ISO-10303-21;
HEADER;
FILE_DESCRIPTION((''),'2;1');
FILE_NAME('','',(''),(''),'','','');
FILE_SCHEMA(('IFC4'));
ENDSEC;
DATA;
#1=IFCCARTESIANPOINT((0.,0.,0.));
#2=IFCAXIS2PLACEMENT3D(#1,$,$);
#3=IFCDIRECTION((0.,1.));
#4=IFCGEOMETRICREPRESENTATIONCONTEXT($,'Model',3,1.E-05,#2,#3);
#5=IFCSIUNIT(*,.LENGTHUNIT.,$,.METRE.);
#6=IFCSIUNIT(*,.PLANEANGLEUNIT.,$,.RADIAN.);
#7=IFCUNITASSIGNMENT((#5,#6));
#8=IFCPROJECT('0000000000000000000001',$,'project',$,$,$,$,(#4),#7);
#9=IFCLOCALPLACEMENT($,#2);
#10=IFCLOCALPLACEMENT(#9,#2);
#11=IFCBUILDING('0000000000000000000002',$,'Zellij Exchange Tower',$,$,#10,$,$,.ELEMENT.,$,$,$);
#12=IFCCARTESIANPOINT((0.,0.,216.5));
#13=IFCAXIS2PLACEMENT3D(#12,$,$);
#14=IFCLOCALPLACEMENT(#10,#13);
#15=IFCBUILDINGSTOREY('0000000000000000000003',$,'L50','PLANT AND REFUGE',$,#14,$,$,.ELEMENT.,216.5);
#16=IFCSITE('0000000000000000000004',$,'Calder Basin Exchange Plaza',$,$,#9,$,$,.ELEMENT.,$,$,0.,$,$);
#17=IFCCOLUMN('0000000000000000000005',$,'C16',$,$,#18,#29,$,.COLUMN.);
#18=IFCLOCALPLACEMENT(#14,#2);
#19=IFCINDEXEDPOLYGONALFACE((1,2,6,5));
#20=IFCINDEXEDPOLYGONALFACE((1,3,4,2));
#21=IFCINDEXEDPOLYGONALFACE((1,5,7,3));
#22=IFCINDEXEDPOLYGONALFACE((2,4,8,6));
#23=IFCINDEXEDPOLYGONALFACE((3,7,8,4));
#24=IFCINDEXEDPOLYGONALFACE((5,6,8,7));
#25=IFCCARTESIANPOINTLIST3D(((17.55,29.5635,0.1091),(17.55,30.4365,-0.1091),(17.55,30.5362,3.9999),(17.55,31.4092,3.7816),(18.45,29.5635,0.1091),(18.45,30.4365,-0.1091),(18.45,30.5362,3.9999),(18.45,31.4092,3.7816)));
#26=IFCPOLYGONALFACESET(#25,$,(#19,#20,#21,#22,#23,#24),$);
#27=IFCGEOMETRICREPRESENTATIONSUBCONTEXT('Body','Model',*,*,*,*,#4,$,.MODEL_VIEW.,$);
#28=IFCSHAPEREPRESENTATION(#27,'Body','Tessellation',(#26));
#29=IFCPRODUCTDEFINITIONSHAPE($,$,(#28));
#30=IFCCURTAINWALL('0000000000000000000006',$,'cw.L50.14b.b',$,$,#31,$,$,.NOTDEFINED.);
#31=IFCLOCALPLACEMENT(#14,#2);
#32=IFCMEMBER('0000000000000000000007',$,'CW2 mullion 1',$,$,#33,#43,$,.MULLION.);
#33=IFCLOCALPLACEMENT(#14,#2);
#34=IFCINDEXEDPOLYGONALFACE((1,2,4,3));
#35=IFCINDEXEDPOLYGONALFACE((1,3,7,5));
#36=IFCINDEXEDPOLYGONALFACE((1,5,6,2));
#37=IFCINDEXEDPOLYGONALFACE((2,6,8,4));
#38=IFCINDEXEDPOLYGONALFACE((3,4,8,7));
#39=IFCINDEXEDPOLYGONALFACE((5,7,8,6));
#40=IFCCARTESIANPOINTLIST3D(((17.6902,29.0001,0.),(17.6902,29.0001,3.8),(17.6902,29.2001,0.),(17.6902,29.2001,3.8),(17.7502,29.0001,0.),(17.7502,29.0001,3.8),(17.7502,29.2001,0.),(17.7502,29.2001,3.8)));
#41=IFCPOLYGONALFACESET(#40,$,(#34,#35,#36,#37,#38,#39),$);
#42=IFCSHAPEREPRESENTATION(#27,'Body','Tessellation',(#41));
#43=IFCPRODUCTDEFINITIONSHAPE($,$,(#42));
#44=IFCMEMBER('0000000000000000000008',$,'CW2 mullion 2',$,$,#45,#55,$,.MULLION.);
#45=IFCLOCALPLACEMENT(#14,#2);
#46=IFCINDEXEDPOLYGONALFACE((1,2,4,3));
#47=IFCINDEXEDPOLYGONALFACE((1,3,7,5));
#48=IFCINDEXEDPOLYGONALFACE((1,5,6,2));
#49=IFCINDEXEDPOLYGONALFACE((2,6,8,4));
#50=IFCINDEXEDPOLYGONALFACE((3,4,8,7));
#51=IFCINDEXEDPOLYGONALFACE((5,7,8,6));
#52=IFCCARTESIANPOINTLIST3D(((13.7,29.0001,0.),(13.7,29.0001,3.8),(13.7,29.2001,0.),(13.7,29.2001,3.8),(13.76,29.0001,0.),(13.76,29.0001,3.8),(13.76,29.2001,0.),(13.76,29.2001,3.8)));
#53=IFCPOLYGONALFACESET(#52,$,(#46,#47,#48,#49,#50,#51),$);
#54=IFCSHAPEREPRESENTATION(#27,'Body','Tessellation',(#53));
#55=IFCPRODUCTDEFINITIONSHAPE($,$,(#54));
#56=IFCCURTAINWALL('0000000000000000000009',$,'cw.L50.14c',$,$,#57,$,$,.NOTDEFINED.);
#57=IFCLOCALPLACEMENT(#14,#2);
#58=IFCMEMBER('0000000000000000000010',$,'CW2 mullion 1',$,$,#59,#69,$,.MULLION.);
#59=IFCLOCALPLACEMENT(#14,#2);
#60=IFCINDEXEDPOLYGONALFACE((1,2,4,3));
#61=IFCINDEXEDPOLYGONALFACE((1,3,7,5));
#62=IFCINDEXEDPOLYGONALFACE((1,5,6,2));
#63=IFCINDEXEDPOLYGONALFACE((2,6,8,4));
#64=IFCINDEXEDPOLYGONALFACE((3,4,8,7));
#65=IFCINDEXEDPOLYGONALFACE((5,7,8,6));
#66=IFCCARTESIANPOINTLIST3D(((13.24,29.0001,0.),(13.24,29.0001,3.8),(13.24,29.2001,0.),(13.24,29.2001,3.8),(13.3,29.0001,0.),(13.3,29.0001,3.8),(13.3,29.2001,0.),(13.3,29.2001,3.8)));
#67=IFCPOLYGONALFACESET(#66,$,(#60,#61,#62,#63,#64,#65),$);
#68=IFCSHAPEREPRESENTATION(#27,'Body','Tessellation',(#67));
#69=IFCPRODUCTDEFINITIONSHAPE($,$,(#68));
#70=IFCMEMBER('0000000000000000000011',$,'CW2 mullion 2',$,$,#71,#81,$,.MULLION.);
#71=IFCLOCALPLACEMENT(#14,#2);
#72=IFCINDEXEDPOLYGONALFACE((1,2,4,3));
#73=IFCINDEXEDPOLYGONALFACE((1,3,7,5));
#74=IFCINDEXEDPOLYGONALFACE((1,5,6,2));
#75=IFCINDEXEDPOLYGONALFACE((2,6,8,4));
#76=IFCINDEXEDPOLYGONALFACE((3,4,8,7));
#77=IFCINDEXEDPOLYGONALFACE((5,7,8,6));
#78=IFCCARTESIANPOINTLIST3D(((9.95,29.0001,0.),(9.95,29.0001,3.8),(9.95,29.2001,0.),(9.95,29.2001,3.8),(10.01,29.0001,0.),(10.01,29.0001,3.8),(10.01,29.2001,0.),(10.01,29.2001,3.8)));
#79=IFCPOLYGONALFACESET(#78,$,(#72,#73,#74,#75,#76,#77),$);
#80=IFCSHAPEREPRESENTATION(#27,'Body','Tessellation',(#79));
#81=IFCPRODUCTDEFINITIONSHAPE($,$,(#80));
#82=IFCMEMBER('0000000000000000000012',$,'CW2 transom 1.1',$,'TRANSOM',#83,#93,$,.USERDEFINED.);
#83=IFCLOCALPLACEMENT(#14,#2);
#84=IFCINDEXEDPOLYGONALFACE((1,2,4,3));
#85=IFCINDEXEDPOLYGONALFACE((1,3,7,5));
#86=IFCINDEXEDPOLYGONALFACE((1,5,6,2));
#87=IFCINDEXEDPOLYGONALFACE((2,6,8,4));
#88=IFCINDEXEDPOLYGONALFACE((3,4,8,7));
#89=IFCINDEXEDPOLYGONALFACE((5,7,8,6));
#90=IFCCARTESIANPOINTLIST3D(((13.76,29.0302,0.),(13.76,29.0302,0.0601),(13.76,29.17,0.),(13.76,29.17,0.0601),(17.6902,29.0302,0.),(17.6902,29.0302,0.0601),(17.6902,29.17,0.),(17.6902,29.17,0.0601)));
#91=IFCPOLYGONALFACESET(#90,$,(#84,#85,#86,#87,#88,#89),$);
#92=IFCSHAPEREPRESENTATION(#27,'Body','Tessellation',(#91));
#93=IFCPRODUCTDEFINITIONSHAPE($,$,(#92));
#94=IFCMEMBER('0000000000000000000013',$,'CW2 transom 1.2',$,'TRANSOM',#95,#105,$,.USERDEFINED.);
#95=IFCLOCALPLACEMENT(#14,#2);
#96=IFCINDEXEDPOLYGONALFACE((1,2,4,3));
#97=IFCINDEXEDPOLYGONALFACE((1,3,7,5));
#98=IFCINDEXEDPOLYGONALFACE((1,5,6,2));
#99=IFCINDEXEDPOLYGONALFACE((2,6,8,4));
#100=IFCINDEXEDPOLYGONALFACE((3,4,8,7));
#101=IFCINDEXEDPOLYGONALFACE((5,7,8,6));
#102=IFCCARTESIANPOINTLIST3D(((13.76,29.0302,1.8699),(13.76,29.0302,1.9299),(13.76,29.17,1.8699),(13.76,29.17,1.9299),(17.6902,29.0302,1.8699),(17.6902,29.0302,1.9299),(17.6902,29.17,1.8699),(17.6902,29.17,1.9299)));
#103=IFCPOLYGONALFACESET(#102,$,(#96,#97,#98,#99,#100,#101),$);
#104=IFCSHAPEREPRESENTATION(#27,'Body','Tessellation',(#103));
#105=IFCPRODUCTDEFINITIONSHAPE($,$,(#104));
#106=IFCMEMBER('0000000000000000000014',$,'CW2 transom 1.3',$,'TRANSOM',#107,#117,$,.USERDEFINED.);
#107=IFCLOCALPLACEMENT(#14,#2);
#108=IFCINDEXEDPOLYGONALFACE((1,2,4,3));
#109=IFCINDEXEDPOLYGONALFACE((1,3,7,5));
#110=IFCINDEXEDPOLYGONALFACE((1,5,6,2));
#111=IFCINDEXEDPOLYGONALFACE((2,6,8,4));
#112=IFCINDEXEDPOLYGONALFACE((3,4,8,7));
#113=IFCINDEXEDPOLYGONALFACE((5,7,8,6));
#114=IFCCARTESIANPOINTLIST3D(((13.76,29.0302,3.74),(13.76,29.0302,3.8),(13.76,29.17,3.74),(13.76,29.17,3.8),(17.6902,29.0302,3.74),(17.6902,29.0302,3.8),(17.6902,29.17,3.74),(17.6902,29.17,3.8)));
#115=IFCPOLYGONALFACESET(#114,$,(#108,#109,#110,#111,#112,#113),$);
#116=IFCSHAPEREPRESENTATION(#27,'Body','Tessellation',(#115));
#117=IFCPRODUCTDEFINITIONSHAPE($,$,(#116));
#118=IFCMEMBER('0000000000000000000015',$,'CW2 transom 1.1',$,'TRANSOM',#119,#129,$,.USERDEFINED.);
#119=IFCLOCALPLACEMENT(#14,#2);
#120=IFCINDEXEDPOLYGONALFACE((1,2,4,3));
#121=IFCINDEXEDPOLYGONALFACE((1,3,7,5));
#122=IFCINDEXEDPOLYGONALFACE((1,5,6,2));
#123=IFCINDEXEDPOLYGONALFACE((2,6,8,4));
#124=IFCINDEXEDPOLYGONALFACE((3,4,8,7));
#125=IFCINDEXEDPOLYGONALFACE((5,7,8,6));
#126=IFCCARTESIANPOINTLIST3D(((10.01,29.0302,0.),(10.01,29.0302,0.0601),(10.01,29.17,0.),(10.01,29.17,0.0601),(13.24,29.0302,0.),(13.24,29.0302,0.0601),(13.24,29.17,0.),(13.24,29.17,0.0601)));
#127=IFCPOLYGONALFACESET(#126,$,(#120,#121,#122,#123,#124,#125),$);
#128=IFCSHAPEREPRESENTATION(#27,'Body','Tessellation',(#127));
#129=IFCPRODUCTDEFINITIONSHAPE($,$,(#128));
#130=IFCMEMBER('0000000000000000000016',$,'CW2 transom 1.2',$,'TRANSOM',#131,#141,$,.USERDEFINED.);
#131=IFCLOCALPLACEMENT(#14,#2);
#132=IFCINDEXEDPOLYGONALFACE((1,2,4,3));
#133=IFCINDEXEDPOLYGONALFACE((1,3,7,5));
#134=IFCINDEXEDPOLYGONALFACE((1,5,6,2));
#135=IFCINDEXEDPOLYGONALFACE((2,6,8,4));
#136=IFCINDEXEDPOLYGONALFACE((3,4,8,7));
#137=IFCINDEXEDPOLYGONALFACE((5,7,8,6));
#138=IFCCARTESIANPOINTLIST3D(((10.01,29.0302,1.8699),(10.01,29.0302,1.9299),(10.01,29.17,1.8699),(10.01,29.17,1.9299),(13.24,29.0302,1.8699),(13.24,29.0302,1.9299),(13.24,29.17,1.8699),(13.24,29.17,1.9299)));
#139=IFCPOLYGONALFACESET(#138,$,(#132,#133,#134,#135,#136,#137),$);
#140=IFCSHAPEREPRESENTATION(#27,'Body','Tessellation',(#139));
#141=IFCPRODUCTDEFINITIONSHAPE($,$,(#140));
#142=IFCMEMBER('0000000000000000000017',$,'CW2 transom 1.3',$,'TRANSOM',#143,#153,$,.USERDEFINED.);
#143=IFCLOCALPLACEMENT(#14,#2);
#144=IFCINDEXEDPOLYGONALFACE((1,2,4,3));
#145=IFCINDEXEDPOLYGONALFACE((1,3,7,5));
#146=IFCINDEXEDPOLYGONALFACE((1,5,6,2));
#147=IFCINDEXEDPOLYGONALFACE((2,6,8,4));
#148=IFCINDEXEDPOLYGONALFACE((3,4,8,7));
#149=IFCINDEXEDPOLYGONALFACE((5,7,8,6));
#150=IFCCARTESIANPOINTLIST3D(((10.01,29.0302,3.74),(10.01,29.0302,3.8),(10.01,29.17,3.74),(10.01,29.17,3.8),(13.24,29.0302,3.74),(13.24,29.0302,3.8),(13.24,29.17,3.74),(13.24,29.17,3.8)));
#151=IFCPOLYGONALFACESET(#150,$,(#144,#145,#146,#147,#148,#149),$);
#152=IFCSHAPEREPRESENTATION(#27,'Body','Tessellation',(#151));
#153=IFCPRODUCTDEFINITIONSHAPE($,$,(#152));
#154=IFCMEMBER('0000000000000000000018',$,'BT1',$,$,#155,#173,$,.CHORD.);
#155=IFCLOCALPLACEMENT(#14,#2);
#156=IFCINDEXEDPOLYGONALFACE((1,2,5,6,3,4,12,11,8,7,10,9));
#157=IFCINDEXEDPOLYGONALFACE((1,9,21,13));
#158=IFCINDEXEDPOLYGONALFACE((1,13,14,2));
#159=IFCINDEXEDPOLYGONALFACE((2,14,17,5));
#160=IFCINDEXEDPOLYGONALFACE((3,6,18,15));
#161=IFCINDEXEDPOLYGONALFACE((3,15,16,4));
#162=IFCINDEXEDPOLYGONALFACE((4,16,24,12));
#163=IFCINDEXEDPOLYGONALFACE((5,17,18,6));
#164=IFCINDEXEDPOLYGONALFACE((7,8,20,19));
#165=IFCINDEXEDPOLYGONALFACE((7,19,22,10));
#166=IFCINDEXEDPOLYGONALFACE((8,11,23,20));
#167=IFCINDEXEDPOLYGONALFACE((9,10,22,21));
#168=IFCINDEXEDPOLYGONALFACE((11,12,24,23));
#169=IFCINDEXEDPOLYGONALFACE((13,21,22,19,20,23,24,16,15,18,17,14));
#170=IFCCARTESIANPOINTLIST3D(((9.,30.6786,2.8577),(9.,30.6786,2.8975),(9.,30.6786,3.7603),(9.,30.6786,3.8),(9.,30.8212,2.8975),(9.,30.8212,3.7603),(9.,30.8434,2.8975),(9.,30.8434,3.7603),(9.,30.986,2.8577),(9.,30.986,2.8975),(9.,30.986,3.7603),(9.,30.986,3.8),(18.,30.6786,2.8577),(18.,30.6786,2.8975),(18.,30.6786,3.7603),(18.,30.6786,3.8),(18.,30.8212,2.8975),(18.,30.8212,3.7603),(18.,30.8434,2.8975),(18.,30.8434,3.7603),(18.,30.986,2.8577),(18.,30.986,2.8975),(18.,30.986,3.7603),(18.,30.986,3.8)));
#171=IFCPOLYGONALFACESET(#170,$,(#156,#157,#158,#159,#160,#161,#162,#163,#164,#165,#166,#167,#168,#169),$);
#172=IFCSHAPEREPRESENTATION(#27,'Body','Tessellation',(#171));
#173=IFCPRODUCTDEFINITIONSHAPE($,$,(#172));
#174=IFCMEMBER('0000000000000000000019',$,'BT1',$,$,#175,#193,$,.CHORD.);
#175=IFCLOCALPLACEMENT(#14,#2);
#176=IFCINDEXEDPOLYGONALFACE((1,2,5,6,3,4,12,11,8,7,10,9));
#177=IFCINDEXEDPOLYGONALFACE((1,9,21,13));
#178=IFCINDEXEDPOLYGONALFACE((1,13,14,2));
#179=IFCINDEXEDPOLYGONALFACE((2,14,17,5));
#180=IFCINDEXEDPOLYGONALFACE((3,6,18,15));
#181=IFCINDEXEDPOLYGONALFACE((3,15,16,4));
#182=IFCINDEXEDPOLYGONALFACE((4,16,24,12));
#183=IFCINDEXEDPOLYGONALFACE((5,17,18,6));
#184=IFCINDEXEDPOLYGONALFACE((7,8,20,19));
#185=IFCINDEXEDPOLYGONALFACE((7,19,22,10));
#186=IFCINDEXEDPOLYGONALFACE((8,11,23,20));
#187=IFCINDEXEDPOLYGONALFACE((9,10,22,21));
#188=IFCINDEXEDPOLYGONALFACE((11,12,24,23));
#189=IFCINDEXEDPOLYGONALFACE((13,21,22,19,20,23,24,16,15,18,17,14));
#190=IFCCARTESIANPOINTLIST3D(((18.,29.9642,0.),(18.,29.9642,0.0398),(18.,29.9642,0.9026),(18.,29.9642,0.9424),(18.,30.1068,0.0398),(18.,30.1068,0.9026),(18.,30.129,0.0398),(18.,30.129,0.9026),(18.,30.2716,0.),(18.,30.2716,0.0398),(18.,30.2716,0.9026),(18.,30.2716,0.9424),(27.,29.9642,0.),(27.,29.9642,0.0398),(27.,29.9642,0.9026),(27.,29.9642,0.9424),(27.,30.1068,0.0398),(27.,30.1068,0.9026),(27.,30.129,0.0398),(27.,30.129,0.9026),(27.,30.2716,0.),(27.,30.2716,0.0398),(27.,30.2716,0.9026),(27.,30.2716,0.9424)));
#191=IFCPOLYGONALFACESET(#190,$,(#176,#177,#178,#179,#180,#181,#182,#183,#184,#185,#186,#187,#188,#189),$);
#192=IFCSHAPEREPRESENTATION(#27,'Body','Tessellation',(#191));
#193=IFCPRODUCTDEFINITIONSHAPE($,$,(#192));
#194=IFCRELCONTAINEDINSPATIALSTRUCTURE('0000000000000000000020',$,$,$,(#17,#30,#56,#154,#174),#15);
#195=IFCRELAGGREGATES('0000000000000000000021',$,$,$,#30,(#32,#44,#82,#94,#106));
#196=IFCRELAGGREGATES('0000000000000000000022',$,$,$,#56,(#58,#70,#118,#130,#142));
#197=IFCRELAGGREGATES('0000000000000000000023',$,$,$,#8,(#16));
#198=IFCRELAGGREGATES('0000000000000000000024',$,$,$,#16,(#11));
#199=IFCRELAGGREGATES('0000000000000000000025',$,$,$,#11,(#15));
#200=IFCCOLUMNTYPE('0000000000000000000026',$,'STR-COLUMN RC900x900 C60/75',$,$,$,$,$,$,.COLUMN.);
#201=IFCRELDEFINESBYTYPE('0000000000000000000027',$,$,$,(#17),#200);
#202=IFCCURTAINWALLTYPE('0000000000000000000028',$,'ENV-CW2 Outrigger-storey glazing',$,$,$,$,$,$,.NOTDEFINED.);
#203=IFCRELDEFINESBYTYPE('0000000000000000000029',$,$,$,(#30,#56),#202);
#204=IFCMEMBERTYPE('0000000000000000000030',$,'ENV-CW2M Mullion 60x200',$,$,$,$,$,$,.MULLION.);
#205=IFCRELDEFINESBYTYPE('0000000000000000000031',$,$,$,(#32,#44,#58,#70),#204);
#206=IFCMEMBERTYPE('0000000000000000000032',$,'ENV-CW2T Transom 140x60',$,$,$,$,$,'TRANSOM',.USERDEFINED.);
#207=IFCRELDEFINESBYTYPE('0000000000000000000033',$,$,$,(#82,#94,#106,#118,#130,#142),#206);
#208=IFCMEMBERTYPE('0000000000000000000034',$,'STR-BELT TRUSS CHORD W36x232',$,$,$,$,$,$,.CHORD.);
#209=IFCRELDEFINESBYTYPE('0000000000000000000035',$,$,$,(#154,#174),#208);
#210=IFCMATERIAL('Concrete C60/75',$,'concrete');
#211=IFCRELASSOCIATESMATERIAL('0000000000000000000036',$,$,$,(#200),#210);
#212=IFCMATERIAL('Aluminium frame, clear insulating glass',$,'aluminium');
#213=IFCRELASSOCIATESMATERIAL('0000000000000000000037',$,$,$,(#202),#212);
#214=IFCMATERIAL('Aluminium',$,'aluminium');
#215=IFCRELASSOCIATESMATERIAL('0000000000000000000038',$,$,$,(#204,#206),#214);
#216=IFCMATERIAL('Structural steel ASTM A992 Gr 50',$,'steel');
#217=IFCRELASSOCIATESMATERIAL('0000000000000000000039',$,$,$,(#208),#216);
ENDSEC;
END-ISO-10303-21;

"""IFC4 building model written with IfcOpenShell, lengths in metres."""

from ifc_helpers import new_model, si_unit, direction, frame, origin, origin_2d, place, context, subcontext, project, spatial, rectangle, i_section, extrude, clip, halfspace, material, material_profile, profile_set, type_object, element, aggregate, save


model = new_model("IFC4")

# Units and contexts
model_context = context("Model", 3, precision=1e-05, world=origin(), true_north=direction((0.0, 1.0)))
body_context = subcontext(model_context, "Body", "Model", "MODEL_VIEW")
ifc_project = project(units=[si_unit("LENGTHUNIT", "METRE"), si_unit("PLANEANGLEUNIT", "RADIAN")], contexts=[model_context])

# Site, building, storey
site_placement = place(None, origin())
site = spatial("IfcSite", under=ifc_project, at=site_placement, Name="Calder Basin Exchange Plaza", CompositionType="ELEMENT", RefElevation=0.0)
building_placement = place(site_placement, origin())
building = spatial("IfcBuilding", under=site, at=building_placement, Name="Zellij Exchange Tower", CompositionType="ELEMENT")
storey_placement = place(building_placement, frame((0.0, 0.0, 216.5)))
storey = spatial("IfcBuildingStorey", under=building, at=storey_placement, Name="L50", Description="PLANT AND REFUGE", CompositionType="ELEMENT", Elevation=216.5)

# Column
ifc_material_1 = material(Name="Concrete C60/75", Category="concrete")
ifc_material_profile_1 = material_profile(ifc_material_1, rectangle(XDim=0.8999, YDim=0.8999, at=origin_2d()), Name="STR-COLUMN RC900x900 C60/75")
ifc_profile_set_1 = profile_set([ifc_material_profile_1], Name="Concrete C60/75")
column_type = type_object("IfcColumnType", Name="STR-COLUMN RC900x900 C60/75", PredefinedType="COLUMN", material=ifc_profile_set_1)
column_placement = place(storey_placement, frame((18.0, 30.0, 0.0), z_axis=(0.0, 0.242536, 0.970143), x_axis=(-1.0, 0.0, 0.0)))
element("IfcColumn", 1, at=column_placement, inside=storey, type_object=column_type, Name="C16", PredefinedType="COLUMN", context=body_context, shape_type="Clipping", body=[
    clip(extrude(rectangle(XDim=0.8999, YDim=0.8999, at=origin_2d()), origin(), (0.0, 0.0, 1.0), 4.123), halfspace(frame((0.0, 0.0, 4.0105)), False)),
])

# Curtain walls, members
ifc_material_2 = material(Name="Aluminium frame, clear insulating glass", Category="aluminium")
curtain_wall_type = type_object("IfcCurtainWallType", Name="ENV-CW2 Outrigger-storey glazing", PredefinedType="NOTDEFINED", material=ifc_material_2)
curtain_wall_1_placement = place(storey_placement, origin())
curtain_wall_1 = element("IfcCurtainWall", 2, at=curtain_wall_1_placement, inside=storey, type_object=curtain_wall_type, Name="cw.L50.14b.b", PredefinedType="NOTDEFINED")
ifc_material_3 = material(Name="Aluminium", Category="aluminium")
ifc_material_profile_2 = material_profile(ifc_material_3, rectangle(XDim=0.0601, YDim=0.2, at=origin_2d()), Name="AL 60x200")
ifc_profile_set_2 = profile_set([ifc_material_profile_2], Name="Aluminium")
member_type_1 = type_object("IfcMemberType", Name="ENV-CW2M Mullion 60x200", PredefinedType="MULLION", material=ifc_profile_set_2)
member_1_placement = place(storey_placement, frame((17.7202, 29.1001, 0.0), z_axis=(0.0, 0.0, 1.0), x_axis=(-1.0, 0.0, 0.0)))
member_1 = element("IfcMember", 3, at=member_1_placement, type_object=member_type_1, Name="CW2 mullion 1", PredefinedType="MULLION", context=body_context, shape_type="SweptSolid", body=[
    extrude(rectangle(XDim=0.0601, YDim=0.2, at=origin_2d()), origin(), (0.0, 0.0, 1.0), 3.8),
])
member_2_placement = place(storey_placement, frame((13.73, 29.1001, 0.0), z_axis=(0.0, 0.0, 1.0), x_axis=(-1.0, 0.0, 0.0)))
member_2 = element("IfcMember", 4, at=member_2_placement, type_object=member_type_1, Name="CW2 mullion 2", PredefinedType="MULLION", context=body_context, shape_type="SweptSolid", body=[
    extrude(rectangle(XDim=0.0601, YDim=0.2, at=origin_2d()), origin(), (0.0, 0.0, 1.0), 3.8),
])
curtain_wall_2_placement = place(storey_placement, origin())
curtain_wall_2 = element("IfcCurtainWall", 5, at=curtain_wall_2_placement, inside=storey, type_object=curtain_wall_type, Name="cw.L50.14c", PredefinedType="NOTDEFINED")
member_3_placement = place(storey_placement, frame((13.27, 29.1001, 0.0), z_axis=(0.0, 0.0, 1.0), x_axis=(-1.0, 0.0, 0.0)))
member_3 = element("IfcMember", 6, at=member_3_placement, type_object=member_type_1, Name="CW2 mullion 1", PredefinedType="MULLION", context=body_context, shape_type="SweptSolid", body=[
    extrude(rectangle(XDim=0.0601, YDim=0.2, at=origin_2d()), origin(), (0.0, 0.0, 1.0), 3.8),
])
member_4_placement = place(storey_placement, frame((9.98, 29.1001, 0.0), z_axis=(0.0, 0.0, 1.0), x_axis=(-1.0, 0.0, 0.0)))
member_4 = element("IfcMember", 7, at=member_4_placement, type_object=member_type_1, Name="CW2 mullion 2", PredefinedType="MULLION", context=body_context, shape_type="SweptSolid", body=[
    extrude(rectangle(XDim=0.0601, YDim=0.2, at=origin_2d()), origin(), (0.0, 0.0, 1.0), 3.8),
])

# Members
ifc_material_profile_3 = material_profile(ifc_material_3, rectangle(XDim=0.1399, YDim=0.0601, at=origin_2d()), Name="AL 140x60")
ifc_profile_set_3 = profile_set([ifc_material_profile_3], Name="Aluminium")
member_type_2 = type_object("IfcMemberType", Name="ENV-CW2T Transom 140x60", ElementType="TRANSOM", PredefinedType="USERDEFINED", material=ifc_profile_set_3)
member_5_placement = place(storey_placement, frame((17.6902, 29.1001, 0.03), z_axis=(-1.0, 0.0, 0.0), x_axis=(0.0, -1.0, 0.0)))
member_5 = element("IfcMember", 8, at=member_5_placement, type_object=member_type_2, Name="CW2 transom 1.1", ObjectType="TRANSOM", PredefinedType="USERDEFINED", context=body_context, shape_type="SweptSolid", body=[
    extrude(rectangle(XDim=0.1399, YDim=0.0601, at=origin_2d()), origin(), (0.0, 0.0, 1.0), 3.9302),
])
member_6_placement = place(storey_placement, frame((17.6902, 29.1001, 1.8999), z_axis=(-1.0, 0.0, 0.0), x_axis=(0.0, -1.0, 0.0)))
member_6 = element("IfcMember", 9, at=member_6_placement, type_object=member_type_2, Name="CW2 transom 1.2", ObjectType="TRANSOM", PredefinedType="USERDEFINED", context=body_context, shape_type="SweptSolid", body=[
    extrude(rectangle(XDim=0.1399, YDim=0.0601, at=origin_2d()), origin(), (0.0, 0.0, 1.0), 3.9302),
])
member_7_placement = place(storey_placement, frame((17.6902, 29.1001, 3.77), z_axis=(-1.0, 0.0, 0.0), x_axis=(0.0, -1.0, 0.0)))
member_7 = element("IfcMember", 10, at=member_7_placement, type_object=member_type_2, Name="CW2 transom 1.3", ObjectType="TRANSOM", PredefinedType="USERDEFINED", context=body_context, shape_type="SweptSolid", body=[
    extrude(rectangle(XDim=0.1399, YDim=0.0601, at=origin_2d()), origin(), (0.0, 0.0, 1.0), 3.9302),
])
member_8_placement = place(storey_placement, frame((13.24, 29.1001, 0.03), z_axis=(-1.0, 0.0, 0.0), x_axis=(0.0, -1.0, 0.0)))
member_8 = element("IfcMember", 11, at=member_8_placement, type_object=member_type_2, Name="CW2 transom 1.1", ObjectType="TRANSOM", PredefinedType="USERDEFINED", context=body_context, shape_type="SweptSolid", body=[
    extrude(rectangle(XDim=0.1399, YDim=0.0601, at=origin_2d()), origin(), (0.0, 0.0, 1.0), 3.23),
])
member_9_placement = place(storey_placement, frame((13.24, 29.1001, 1.8999), z_axis=(-1.0, 0.0, 0.0), x_axis=(0.0, -1.0, 0.0)))
member_9 = element("IfcMember", 12, at=member_9_placement, type_object=member_type_2, Name="CW2 transom 1.2", ObjectType="TRANSOM", PredefinedType="USERDEFINED", context=body_context, shape_type="SweptSolid", body=[
    extrude(rectangle(XDim=0.1399, YDim=0.0601, at=origin_2d()), origin(), (0.0, 0.0, 1.0), 3.23),
])
member_10_placement = place(storey_placement, frame((13.24, 29.1001, 3.77), z_axis=(-1.0, 0.0, 0.0), x_axis=(0.0, -1.0, 0.0)))
member_10 = element("IfcMember", 13, at=member_10_placement, type_object=member_type_2, Name="CW2 transom 1.3", ObjectType="TRANSOM", PredefinedType="USERDEFINED", context=body_context, shape_type="SweptSolid", body=[
    extrude(rectangle(XDim=0.1399, YDim=0.0601, at=origin_2d()), origin(), (0.0, 0.0, 1.0), 3.23),
])

# Members
ifc_material_4 = material(Name="Structural steel ASTM A992 Gr 50", Category="steel")
ifc_material_profile_4 = material_profile(ifc_material_4, i_section(OverallWidth=0.3074, OverallDepth=0.9424, WebThickness=0.0222, FlangeThickness=0.0398, at=origin_2d()), Name="W36x232")
ifc_profile_set_4 = profile_set([ifc_material_profile_4], Name="Structural steel ASTM A992 Gr 50")
member_type_3 = type_object("IfcMemberType", Name="STR-BELT TRUSS CHORD W36x232", PredefinedType="CHORD", material=ifc_profile_set_4)
for number, where, z_axis, x_axis, name in (
    (14, (9.0, 30.8323, 3.3289), (1.0, 0.0, 0.0), (0.0, 1.0, 0.0), "BT1"),
    (15, (18.0, 30.1179, 0.4712), (1.0, 0.0, 0.0), (0.0, 1.0, 0.0), "BT1"),
):
    element("IfcMember", number, at=place(storey_placement, frame(where, z_axis=z_axis, x_axis=x_axis)), inside=storey, type_object=member_type_3, Name=name, PredefinedType="CHORD", context=body_context, shape_type="SweptSolid", body=[
        extrude(i_section(OverallWidth=0.3074, OverallDepth=0.9424, WebThickness=0.0222, FlangeThickness=0.0398, at=origin_2d()), origin(), (0.0, 0.0, 1.0), 9.0),
    ])

aggregate(curtain_wall_1, [member_1, member_2, member_5, member_6, member_7])
aggregate(curtain_wall_2, [member_3, member_4, member_8, member_9, member_10])

save(model, "model.ifc")
